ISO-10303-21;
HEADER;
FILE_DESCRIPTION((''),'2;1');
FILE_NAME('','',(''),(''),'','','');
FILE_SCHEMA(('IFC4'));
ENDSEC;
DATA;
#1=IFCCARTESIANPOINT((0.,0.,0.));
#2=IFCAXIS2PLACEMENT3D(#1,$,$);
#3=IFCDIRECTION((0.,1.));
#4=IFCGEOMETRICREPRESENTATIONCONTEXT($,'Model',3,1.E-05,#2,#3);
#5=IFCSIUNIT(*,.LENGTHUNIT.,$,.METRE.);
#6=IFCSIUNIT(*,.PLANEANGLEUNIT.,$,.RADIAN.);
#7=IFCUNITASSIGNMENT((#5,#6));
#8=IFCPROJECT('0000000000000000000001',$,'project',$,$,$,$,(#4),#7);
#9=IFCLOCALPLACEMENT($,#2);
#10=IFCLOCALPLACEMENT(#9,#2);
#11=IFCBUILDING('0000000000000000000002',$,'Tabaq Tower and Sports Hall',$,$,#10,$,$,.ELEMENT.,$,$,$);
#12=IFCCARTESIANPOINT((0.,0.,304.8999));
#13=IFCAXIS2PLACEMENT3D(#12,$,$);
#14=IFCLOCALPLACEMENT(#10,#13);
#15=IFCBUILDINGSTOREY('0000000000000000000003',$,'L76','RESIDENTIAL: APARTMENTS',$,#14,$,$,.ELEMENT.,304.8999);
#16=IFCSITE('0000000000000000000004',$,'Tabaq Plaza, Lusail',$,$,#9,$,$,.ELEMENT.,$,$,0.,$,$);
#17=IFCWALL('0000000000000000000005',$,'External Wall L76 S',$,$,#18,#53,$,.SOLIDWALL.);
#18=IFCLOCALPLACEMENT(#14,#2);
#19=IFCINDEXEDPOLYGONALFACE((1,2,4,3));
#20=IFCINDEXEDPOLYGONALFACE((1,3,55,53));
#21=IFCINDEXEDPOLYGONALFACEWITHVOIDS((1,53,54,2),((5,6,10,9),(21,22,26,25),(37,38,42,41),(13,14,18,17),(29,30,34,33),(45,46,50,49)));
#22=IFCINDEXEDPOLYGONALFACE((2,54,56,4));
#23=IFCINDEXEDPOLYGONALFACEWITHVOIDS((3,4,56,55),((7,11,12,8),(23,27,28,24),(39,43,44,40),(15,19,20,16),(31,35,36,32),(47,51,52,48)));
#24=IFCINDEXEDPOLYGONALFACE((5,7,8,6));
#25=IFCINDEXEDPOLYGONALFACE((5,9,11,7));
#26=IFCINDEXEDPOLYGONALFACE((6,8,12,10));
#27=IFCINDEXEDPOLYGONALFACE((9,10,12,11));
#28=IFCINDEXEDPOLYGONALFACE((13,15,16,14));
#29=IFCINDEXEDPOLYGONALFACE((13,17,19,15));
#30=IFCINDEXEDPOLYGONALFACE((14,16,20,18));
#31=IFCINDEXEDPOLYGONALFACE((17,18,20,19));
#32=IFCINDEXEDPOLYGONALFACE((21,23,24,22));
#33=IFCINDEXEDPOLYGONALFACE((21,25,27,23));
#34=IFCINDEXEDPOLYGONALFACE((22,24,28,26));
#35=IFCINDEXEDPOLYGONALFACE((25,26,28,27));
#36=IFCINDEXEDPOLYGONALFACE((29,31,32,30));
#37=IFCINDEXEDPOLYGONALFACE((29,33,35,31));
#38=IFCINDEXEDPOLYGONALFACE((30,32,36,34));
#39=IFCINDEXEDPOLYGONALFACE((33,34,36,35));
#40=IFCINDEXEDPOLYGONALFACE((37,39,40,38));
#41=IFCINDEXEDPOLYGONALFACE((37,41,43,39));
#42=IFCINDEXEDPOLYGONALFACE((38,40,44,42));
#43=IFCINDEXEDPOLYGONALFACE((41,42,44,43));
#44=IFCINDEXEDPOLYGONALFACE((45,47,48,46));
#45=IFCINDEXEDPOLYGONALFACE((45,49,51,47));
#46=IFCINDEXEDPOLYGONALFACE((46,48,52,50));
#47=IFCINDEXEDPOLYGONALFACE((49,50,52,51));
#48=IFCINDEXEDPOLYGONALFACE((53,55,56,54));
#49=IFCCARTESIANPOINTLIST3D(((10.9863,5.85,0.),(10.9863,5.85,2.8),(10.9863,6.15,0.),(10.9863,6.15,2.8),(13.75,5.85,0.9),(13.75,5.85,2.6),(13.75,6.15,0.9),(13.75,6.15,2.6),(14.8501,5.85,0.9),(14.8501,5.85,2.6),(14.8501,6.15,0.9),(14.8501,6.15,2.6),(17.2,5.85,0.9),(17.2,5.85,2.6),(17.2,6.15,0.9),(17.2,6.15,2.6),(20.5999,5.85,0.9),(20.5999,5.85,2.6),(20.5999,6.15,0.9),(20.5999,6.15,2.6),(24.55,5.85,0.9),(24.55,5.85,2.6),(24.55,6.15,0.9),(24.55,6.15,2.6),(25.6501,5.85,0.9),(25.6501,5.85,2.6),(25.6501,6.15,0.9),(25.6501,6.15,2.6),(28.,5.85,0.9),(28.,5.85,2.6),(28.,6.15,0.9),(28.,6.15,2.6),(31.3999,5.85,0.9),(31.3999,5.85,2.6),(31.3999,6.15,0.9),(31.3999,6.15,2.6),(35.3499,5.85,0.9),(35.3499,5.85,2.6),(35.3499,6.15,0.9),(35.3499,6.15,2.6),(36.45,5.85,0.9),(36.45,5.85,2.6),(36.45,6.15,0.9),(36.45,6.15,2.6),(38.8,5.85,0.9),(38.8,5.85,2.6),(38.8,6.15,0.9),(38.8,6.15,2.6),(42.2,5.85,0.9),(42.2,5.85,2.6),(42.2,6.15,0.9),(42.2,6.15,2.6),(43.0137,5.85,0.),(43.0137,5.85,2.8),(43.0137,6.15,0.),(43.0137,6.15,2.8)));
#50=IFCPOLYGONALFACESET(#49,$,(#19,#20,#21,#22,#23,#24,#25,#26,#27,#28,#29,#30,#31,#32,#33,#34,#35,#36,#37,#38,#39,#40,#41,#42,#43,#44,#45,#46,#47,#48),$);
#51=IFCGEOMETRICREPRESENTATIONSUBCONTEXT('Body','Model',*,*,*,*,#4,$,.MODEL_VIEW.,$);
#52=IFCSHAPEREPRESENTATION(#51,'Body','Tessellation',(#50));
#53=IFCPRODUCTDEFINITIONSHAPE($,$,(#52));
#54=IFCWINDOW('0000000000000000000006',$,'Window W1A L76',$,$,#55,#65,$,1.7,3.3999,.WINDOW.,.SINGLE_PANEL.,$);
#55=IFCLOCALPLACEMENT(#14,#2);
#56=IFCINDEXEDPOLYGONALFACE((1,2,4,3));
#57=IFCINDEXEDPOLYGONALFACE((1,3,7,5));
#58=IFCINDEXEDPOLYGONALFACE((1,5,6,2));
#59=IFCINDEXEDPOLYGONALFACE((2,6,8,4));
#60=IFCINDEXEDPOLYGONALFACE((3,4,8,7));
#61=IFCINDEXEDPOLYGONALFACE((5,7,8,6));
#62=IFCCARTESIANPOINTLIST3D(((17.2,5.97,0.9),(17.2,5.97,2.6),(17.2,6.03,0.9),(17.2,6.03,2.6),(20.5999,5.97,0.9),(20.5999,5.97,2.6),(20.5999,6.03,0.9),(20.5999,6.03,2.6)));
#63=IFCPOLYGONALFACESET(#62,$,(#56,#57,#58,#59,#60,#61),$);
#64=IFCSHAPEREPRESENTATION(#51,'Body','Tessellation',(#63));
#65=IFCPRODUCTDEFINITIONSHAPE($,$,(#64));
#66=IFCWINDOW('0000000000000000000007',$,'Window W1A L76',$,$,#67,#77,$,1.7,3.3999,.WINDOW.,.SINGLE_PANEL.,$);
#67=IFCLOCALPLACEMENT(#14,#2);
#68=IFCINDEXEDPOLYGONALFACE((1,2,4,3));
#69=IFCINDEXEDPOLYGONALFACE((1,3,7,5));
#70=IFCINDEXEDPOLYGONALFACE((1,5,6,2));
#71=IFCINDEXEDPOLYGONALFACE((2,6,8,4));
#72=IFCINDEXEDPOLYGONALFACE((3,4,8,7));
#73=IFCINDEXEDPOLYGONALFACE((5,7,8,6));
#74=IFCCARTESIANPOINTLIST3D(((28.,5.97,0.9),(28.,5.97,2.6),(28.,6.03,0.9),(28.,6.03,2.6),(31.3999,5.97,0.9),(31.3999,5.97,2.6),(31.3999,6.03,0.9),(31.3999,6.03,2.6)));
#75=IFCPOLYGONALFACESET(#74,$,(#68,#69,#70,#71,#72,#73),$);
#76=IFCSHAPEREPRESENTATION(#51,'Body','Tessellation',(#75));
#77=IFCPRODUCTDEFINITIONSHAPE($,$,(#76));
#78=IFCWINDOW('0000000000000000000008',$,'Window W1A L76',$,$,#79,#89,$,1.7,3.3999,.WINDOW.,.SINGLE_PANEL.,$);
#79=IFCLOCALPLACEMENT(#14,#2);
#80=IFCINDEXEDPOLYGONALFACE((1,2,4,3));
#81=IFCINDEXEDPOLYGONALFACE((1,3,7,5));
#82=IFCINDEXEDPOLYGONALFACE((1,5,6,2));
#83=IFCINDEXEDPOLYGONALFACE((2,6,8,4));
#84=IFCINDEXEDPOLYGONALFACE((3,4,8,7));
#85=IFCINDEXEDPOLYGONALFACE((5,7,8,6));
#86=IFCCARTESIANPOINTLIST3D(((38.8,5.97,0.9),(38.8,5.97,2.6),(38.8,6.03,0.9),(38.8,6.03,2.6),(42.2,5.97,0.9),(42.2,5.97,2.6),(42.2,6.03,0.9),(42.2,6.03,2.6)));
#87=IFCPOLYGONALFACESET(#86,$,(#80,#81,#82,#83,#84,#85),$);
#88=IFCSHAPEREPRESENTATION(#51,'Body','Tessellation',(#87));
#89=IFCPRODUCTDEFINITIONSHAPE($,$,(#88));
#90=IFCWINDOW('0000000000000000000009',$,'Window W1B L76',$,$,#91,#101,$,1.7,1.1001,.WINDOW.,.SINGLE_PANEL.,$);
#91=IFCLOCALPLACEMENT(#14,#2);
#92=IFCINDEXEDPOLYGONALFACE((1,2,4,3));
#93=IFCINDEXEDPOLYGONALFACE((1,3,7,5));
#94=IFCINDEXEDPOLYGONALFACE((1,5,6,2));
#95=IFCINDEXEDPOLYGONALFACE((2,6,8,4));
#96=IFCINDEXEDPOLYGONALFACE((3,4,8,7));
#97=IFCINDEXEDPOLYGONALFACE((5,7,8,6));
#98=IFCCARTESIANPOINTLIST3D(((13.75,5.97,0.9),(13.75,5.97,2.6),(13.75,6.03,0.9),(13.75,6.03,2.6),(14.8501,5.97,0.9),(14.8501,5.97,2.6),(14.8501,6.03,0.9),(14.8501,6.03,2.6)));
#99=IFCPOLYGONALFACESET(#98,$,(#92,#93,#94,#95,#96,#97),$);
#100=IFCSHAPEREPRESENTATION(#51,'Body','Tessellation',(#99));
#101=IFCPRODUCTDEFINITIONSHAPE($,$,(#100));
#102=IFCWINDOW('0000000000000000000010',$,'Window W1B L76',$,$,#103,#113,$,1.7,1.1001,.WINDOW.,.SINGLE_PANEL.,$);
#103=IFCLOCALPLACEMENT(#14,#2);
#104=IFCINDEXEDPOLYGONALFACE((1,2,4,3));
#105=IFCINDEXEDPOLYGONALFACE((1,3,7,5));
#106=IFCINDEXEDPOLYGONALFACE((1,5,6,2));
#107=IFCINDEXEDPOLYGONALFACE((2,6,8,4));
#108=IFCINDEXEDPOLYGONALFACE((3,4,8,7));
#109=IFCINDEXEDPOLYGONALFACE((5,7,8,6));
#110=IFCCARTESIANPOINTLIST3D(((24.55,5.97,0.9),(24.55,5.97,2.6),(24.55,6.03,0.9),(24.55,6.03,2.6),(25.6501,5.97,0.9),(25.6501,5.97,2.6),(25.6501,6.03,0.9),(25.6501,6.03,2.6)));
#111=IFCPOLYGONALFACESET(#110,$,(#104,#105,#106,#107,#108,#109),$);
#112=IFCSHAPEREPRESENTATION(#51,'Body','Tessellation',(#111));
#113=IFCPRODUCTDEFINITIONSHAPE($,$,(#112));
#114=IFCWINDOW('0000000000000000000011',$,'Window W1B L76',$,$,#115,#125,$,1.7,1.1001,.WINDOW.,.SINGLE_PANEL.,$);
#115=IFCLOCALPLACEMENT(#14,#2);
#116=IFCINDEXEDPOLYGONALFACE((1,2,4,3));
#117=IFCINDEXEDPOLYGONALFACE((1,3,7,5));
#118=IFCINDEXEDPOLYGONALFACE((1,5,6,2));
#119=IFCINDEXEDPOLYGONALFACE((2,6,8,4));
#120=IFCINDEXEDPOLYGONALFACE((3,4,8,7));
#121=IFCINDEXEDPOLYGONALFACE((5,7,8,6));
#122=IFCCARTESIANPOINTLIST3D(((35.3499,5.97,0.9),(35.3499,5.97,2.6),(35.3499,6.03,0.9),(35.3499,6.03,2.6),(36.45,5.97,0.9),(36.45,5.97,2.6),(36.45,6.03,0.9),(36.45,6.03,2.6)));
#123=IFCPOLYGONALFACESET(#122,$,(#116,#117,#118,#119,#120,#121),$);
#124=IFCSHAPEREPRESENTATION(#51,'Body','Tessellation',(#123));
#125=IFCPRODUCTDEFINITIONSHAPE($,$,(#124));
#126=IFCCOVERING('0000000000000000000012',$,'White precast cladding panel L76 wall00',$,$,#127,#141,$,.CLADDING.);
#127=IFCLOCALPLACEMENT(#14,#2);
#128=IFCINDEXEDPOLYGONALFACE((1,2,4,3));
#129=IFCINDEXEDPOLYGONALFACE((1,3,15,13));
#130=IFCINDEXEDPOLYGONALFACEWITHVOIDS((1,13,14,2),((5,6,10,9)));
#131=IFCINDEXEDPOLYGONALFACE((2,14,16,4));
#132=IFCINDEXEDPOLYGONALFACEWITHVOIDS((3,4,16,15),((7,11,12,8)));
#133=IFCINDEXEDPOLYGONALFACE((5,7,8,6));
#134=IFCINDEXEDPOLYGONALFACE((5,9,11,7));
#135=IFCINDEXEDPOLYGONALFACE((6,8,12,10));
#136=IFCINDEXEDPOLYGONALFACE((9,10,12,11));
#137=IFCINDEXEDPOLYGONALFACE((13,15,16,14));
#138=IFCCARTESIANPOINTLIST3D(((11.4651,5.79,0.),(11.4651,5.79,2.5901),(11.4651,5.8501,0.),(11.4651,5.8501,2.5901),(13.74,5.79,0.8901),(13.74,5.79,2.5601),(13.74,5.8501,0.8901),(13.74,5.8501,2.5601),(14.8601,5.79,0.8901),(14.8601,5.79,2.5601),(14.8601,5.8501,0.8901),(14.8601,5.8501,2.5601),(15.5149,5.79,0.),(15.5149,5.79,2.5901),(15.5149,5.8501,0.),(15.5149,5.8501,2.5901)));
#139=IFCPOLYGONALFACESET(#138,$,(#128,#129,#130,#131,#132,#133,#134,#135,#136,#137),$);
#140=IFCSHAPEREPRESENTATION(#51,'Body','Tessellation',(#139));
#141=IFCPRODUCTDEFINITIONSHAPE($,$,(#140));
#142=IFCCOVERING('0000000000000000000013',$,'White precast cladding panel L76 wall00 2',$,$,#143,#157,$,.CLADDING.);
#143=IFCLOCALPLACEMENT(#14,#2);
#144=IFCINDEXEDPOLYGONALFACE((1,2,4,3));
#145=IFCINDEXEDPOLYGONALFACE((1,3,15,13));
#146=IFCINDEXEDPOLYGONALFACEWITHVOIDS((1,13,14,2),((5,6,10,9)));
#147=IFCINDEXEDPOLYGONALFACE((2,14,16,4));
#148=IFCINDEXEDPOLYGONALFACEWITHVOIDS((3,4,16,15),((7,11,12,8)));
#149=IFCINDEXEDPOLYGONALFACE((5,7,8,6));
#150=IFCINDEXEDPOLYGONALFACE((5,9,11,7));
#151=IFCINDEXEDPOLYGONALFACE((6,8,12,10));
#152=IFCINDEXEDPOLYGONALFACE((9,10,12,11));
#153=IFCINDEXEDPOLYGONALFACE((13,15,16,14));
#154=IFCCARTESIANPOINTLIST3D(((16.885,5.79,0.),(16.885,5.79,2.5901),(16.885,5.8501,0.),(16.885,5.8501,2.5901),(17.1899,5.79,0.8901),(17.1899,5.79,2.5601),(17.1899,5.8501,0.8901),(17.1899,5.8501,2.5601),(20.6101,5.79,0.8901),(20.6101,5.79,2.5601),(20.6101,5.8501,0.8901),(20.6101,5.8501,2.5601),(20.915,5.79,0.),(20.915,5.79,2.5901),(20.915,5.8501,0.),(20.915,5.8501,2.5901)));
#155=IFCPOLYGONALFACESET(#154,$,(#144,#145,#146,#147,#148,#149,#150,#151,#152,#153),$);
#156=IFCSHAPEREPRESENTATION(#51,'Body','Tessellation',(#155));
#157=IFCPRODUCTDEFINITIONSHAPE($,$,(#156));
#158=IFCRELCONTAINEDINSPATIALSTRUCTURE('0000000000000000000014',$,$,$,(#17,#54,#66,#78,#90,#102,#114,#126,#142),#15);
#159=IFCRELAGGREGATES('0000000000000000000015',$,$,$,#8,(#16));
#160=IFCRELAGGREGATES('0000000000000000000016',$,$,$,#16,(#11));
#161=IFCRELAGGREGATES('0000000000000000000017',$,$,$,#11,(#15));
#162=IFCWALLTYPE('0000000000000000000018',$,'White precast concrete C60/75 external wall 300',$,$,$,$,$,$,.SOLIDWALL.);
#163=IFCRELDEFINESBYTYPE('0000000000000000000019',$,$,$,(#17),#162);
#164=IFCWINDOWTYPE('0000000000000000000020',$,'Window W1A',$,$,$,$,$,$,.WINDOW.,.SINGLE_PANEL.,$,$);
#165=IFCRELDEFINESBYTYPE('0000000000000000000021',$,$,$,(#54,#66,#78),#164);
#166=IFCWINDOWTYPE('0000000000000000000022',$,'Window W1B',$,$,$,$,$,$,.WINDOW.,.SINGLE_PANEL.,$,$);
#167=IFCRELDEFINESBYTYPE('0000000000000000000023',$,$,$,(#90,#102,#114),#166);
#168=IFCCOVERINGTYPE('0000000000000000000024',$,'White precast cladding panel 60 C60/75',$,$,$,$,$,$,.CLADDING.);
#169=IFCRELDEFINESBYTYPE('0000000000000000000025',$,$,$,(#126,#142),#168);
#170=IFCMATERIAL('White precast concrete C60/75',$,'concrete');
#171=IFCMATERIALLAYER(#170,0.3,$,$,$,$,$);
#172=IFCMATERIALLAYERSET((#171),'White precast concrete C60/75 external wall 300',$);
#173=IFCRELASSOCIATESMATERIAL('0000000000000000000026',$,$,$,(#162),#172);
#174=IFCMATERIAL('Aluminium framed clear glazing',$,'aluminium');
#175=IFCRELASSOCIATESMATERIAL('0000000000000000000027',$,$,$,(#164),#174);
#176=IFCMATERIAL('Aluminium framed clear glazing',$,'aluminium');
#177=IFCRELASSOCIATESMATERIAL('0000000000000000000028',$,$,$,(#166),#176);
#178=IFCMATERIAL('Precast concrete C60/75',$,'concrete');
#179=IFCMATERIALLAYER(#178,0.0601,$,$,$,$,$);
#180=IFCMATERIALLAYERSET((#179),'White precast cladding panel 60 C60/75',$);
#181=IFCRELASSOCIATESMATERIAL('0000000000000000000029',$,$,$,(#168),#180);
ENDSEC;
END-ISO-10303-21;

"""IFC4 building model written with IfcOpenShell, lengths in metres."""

from ifc_helpers import new_model, si_unit, direction, frame, frame_2d, origin, place, context, subcontext, project, spatial, polyline, rectangle, outline, extrude, material, layer, layer_set, type_object, element, fill, save


model = new_model("IFC4")

# Units and contexts
model_context = context("Model", 3, precision=1e-05, world=origin(), true_north=direction((0.0, 1.0)))
body_context = subcontext(model_context, "Body", "Model", "MODEL_VIEW")
ifc_project = project(units=[si_unit("LENGTHUNIT", "METRE"), si_unit("PLANEANGLEUNIT", "RADIAN")], contexts=[model_context])

# Site, building, storey
site_placement = place(None, origin())
site = spatial("IfcSite", under=ifc_project, at=site_placement, Name="Tabaq Plaza, Lusail", CompositionType="ELEMENT", RefElevation=0.0)
building_placement = place(site_placement, origin())
building = spatial("IfcBuilding", under=site, at=building_placement, Name="Tabaq Tower and Sports Hall", CompositionType="ELEMENT")
storey_placement = place(building_placement, frame((0.0, 0.0, 304.8999)))
storey = spatial("IfcBuildingStorey", under=building, at=storey_placement, Name="L76", Description="RESIDENTIAL: APARTMENTS", CompositionType="ELEMENT", Elevation=304.8999)

# Wall, openings, windows
ifc_material_1 = material(Name="White precast concrete C60/75", Category="concrete")
ifc_layer_1 = layer(ifc_material_1, 0.3)
ifc_layer_set_1 = layer_set([ifc_layer_1], Name="White precast concrete C60/75 external wall 300")
wall_type_1 = type_object("IfcWallType", Name="White precast concrete C60/75 external wall 300", PredefinedType="SOLIDWALL", material=ifc_layer_set_1)
wall_1_placement = place(storey_placement, frame((10.9863, 6.0, 0.0), z_axis=(0.0, 0.0, 1.0), x_axis=(1.0, 0.0, 0.0)))
wall_1 = element("IfcWall", 1, at=wall_1_placement, inside=storey, type_object=wall_type_1, Name="External Wall L76 S", PredefinedType="SOLIDWALL", context=body_context, shape_type="SweptSolid", body=[
    extrude(rectangle(XDim=32.0273, YDim=0.3, at=frame_2d((16.0137, 0.0))), origin(), (0.0, 0.0, 1.0), 2.8),
])
opening_1_placement = place(wall_1_placement, frame((2.7637, 0.0, 0.8999)))
opening_1 = element("IfcOpeningElement", 2, at=opening_1_placement, cuts=wall_1, PredefinedType="OPENING", context=body_context, shape_type="SweptSolid", body=[
    extrude(rectangle(XDim=1.1001, YDim=1.7, at=frame_2d((0.55, 0.8501))), frame((0.0, 0.1602, 0.0), z_axis=(0.0, -1.0, 0.0), x_axis=(1.0, 0.0, 0.0)), (0.0, 0.0, 1.0), 0.3201),
])
opening_2_placement = place(wall_1_placement, frame((6.2136, 0.0, 0.8999)))
opening_2 = element("IfcOpeningElement", 3, at=opening_2_placement, cuts=wall_1, PredefinedType="OPENING", context=body_context, shape_type="SweptSolid", body=[
    extrude(rectangle(XDim=3.3999, YDim=1.7, at=frame_2d((1.7, 0.8501))), frame((0.0, 0.1602, 0.0), z_axis=(0.0, -1.0, 0.0), x_axis=(1.0, 0.0, 0.0)), (0.0, 0.0, 1.0), 0.3201),
])
opening_3_placement = place(wall_1_placement, frame((13.5637, 0.0, 0.8999)))
opening_3 = element("IfcOpeningElement", 4, at=opening_3_placement, cuts=wall_1, PredefinedType="OPENING", context=body_context, shape_type="SweptSolid", body=[
    extrude(rectangle(XDim=1.1001, YDim=1.7, at=frame_2d((0.55, 0.8501))), frame((0.0, 0.1602, 0.0), z_axis=(0.0, -1.0, 0.0), x_axis=(1.0, 0.0, 0.0)), (0.0, 0.0, 1.0), 0.3201),
])
opening_4_placement = place(wall_1_placement, frame((17.0137, 0.0, 0.8999)))
opening_4 = element("IfcOpeningElement", 5, at=opening_4_placement, cuts=wall_1, PredefinedType="OPENING", context=body_context, shape_type="SweptSolid", body=[
    extrude(rectangle(XDim=3.3999, YDim=1.7, at=frame_2d((1.7, 0.8501))), frame((0.0, 0.1602, 0.0), z_axis=(0.0, -1.0, 0.0), x_axis=(1.0, 0.0, 0.0)), (0.0, 0.0, 1.0), 0.3201),
])
opening_5_placement = place(wall_1_placement, frame((24.3635, 0.0, 0.8999)))
opening_5 = element("IfcOpeningElement", 6, at=opening_5_placement, cuts=wall_1, PredefinedType="OPENING", context=body_context, shape_type="SweptSolid", body=[
    extrude(rectangle(XDim=1.1001, YDim=1.7, at=frame_2d((0.55, 0.8501))), frame((0.0, 0.1602, 0.0), z_axis=(0.0, -1.0, 0.0), x_axis=(1.0, 0.0, 0.0)), (0.0, 0.0, 1.0), 0.3201),
])
opening_6_placement = place(wall_1_placement, frame((27.8137, 0.0, 0.8999)))
opening_6 = element("IfcOpeningElement", 7, at=opening_6_placement, cuts=wall_1, PredefinedType="OPENING", context=body_context, shape_type="SweptSolid", body=[
    extrude(rectangle(XDim=3.3999, YDim=1.7, at=frame_2d((1.7, 0.8501))), frame((0.0, 0.1602, 0.0), z_axis=(0.0, -1.0, 0.0), x_axis=(1.0, 0.0, 0.0)), (0.0, 0.0, 1.0), 0.3201),
])
ifc_material_2 = material(Name="Aluminium framed clear glazing", Category="aluminium")
window_type_1 = type_object("IfcWindowType", Name="Window W1A", PartitioningType="SINGLE_PANEL", PredefinedType="WINDOW", material=ifc_material_2)
window_1_placement = place(opening_2_placement, origin())
window_1 = element("IfcWindow", 8, at=window_1_placement, inside=storey, type_object=window_type_1, Name="Window W1A L76", OverallHeight=1.7, OverallWidth=3.3999, PartitioningType="SINGLE_PANEL", PredefinedType="WINDOW", context=body_context, shape_type="SweptSolid", body=[
    extrude(rectangle(XDim=3.3999, YDim=1.7, at=frame_2d((1.7, 0.8501))), frame((0.0, 0.03, 0.0), z_axis=(0.0, -1.0, 0.0), x_axis=(1.0, 0.0, 0.0)), (0.0, 0.0, 1.0), 0.0601),
])
fill(opening_2, window_1)
window_2_placement = place(opening_4_placement, origin())
window_2 = element("IfcWindow", 9, at=window_2_placement, inside=storey, type_object=window_type_1, Name="Window W1A L76", OverallHeight=1.7, OverallWidth=3.3999, PartitioningType="SINGLE_PANEL", PredefinedType="WINDOW", context=body_context, shape_type="SweptSolid", body=[
    extrude(rectangle(XDim=3.3999, YDim=1.7, at=frame_2d((1.7, 0.8501))), frame((0.0, 0.03, 0.0), z_axis=(0.0, -1.0, 0.0), x_axis=(1.0, 0.0, 0.0)), (0.0, 0.0, 1.0), 0.0601),
])
fill(opening_4, window_2)
window_3_placement = place(opening_6_placement, origin())
window_3 = element("IfcWindow", 10, at=window_3_placement, inside=storey, type_object=window_type_1, Name="Window W1A L76", OverallHeight=1.7, OverallWidth=3.3999, PartitioningType="SINGLE_PANEL", PredefinedType="WINDOW", context=body_context, shape_type="SweptSolid", body=[
    extrude(rectangle(XDim=3.3999, YDim=1.7, at=frame_2d((1.7, 0.8501))), frame((0.0, 0.03, 0.0), z_axis=(0.0, -1.0, 0.0), x_axis=(1.0, 0.0, 0.0)), (0.0, 0.0, 1.0), 0.0601),
])
fill(opening_6, window_3)
ifc_material_3 = material(Name="Aluminium framed clear glazing", Category="aluminium")
window_type_2 = type_object("IfcWindowType", Name="Window W1B", PartitioningType="SINGLE_PANEL", PredefinedType="WINDOW", material=ifc_material_3)
window_4_placement = place(opening_1_placement, origin())
window_4 = element("IfcWindow", 11, at=window_4_placement, inside=storey, type_object=window_type_2, Name="Window W1B L76", OverallHeight=1.7, OverallWidth=1.1001, PartitioningType="SINGLE_PANEL", PredefinedType="WINDOW", context=body_context, shape_type="SweptSolid", body=[
    extrude(rectangle(XDim=1.1001, YDim=1.7, at=frame_2d((0.55, 0.8501))), frame((0.0, 0.03, 0.0), z_axis=(0.0, -1.0, 0.0), x_axis=(1.0, 0.0, 0.0)), (0.0, 0.0, 1.0), 0.0601),
])
fill(opening_1, window_4)
window_5_placement = place(opening_3_placement, origin())
window_5 = element("IfcWindow", 12, at=window_5_placement, inside=storey, type_object=window_type_2, Name="Window W1B L76", OverallHeight=1.7, OverallWidth=1.1001, PartitioningType="SINGLE_PANEL", PredefinedType="WINDOW", context=body_context, shape_type="SweptSolid", body=[
    extrude(rectangle(XDim=1.1001, YDim=1.7, at=frame_2d((0.55, 0.8501))), frame((0.0, 0.03, 0.0), z_axis=(0.0, -1.0, 0.0), x_axis=(1.0, 0.0, 0.0)), (0.0, 0.0, 1.0), 0.0601),
])
fill(opening_3, window_5)
window_6_placement = place(opening_5_placement, origin())
window_6 = element("IfcWindow", 13, at=window_6_placement, inside=storey, type_object=window_type_2, Name="Window W1B L76", OverallHeight=1.7, OverallWidth=1.1001, PartitioningType="SINGLE_PANEL", PredefinedType="WINDOW", context=body_context, shape_type="SweptSolid", body=[
    extrude(rectangle(XDim=1.1001, YDim=1.7, at=frame_2d((0.55, 0.8501))), frame((0.0, 0.03, 0.0), z_axis=(0.0, -1.0, 0.0), x_axis=(1.0, 0.0, 0.0)), (0.0, 0.0, 1.0), 0.0601),
])
fill(opening_5, window_6)

# Coverings
ifc_material_4 = material(Name="Precast concrete C60/75", Category="concrete")
ifc_layer_2 = layer(ifc_material_4, 0.0601)
ifc_layer_set_2 = layer_set([ifc_layer_2], Name="White precast cladding panel 60 C60/75")
covering_type = type_object("IfcCoveringType", Name="White precast cladding panel 60 C60/75", PredefinedType="CLADDING", material=ifc_layer_set_2)
covering_1_placement = place(storey_placement, frame((11.4651, 5.8201, 0.0), z_axis=(0.0, 0.0, 1.0), x_axis=(1.0, 0.0, 0.0)))
element("IfcCovering", 14, at=covering_1_placement, inside=storey, type_object=covering_type, Name="White precast cladding panel L76 wall00", PredefinedType="CLADDING", context=body_context, shape_type="SweptSolid", body=[
    extrude(outline(polyline([(0.0, 0.0), (4.0498, 0.0), (4.0498, 2.5901), (0.0, 2.5901), (0.0, 0.0)]), holes=[polyline([(3.395, 0.8901), (2.2749, 0.8901), (2.2749, 2.5601), (3.395, 2.5601), (3.395, 0.8901)])]), frame((0.0, 0.03, 0.0), z_axis=(0.0, -1.0, 0.0), x_axis=(1.0, 0.0, 0.0)), (0.0, 0.0, 1.0), 0.0601),
])
covering_2_placement = place(storey_placement, frame((16.885, 5.8201, 0.0), z_axis=(0.0, 0.0, 1.0), x_axis=(1.0, 0.0, 0.0)))
element("IfcCovering", 15, at=covering_2_placement, inside=storey, type_object=covering_type, Name="White precast cladding panel L76 wall00 2", PredefinedType="CLADDING", context=body_context, shape_type="SweptSolid", body=[
    extrude(outline(polyline([(0.0, 0.0), (4.03, 0.0), (4.03, 2.5901), (0.0, 2.5901), (0.0, 0.0)]), holes=[polyline([(3.7251, 0.8901), (0.3049, 0.8901), (0.3049, 2.5601), (3.7251, 2.5601), (3.7251, 0.8901)])]), frame((0.0, 0.03, 0.0), z_axis=(0.0, -1.0, 0.0), x_axis=(1.0, 0.0, 0.0)), (0.0, 0.0, 1.0), 0.0601),
])

save(model, "model.ifc")
